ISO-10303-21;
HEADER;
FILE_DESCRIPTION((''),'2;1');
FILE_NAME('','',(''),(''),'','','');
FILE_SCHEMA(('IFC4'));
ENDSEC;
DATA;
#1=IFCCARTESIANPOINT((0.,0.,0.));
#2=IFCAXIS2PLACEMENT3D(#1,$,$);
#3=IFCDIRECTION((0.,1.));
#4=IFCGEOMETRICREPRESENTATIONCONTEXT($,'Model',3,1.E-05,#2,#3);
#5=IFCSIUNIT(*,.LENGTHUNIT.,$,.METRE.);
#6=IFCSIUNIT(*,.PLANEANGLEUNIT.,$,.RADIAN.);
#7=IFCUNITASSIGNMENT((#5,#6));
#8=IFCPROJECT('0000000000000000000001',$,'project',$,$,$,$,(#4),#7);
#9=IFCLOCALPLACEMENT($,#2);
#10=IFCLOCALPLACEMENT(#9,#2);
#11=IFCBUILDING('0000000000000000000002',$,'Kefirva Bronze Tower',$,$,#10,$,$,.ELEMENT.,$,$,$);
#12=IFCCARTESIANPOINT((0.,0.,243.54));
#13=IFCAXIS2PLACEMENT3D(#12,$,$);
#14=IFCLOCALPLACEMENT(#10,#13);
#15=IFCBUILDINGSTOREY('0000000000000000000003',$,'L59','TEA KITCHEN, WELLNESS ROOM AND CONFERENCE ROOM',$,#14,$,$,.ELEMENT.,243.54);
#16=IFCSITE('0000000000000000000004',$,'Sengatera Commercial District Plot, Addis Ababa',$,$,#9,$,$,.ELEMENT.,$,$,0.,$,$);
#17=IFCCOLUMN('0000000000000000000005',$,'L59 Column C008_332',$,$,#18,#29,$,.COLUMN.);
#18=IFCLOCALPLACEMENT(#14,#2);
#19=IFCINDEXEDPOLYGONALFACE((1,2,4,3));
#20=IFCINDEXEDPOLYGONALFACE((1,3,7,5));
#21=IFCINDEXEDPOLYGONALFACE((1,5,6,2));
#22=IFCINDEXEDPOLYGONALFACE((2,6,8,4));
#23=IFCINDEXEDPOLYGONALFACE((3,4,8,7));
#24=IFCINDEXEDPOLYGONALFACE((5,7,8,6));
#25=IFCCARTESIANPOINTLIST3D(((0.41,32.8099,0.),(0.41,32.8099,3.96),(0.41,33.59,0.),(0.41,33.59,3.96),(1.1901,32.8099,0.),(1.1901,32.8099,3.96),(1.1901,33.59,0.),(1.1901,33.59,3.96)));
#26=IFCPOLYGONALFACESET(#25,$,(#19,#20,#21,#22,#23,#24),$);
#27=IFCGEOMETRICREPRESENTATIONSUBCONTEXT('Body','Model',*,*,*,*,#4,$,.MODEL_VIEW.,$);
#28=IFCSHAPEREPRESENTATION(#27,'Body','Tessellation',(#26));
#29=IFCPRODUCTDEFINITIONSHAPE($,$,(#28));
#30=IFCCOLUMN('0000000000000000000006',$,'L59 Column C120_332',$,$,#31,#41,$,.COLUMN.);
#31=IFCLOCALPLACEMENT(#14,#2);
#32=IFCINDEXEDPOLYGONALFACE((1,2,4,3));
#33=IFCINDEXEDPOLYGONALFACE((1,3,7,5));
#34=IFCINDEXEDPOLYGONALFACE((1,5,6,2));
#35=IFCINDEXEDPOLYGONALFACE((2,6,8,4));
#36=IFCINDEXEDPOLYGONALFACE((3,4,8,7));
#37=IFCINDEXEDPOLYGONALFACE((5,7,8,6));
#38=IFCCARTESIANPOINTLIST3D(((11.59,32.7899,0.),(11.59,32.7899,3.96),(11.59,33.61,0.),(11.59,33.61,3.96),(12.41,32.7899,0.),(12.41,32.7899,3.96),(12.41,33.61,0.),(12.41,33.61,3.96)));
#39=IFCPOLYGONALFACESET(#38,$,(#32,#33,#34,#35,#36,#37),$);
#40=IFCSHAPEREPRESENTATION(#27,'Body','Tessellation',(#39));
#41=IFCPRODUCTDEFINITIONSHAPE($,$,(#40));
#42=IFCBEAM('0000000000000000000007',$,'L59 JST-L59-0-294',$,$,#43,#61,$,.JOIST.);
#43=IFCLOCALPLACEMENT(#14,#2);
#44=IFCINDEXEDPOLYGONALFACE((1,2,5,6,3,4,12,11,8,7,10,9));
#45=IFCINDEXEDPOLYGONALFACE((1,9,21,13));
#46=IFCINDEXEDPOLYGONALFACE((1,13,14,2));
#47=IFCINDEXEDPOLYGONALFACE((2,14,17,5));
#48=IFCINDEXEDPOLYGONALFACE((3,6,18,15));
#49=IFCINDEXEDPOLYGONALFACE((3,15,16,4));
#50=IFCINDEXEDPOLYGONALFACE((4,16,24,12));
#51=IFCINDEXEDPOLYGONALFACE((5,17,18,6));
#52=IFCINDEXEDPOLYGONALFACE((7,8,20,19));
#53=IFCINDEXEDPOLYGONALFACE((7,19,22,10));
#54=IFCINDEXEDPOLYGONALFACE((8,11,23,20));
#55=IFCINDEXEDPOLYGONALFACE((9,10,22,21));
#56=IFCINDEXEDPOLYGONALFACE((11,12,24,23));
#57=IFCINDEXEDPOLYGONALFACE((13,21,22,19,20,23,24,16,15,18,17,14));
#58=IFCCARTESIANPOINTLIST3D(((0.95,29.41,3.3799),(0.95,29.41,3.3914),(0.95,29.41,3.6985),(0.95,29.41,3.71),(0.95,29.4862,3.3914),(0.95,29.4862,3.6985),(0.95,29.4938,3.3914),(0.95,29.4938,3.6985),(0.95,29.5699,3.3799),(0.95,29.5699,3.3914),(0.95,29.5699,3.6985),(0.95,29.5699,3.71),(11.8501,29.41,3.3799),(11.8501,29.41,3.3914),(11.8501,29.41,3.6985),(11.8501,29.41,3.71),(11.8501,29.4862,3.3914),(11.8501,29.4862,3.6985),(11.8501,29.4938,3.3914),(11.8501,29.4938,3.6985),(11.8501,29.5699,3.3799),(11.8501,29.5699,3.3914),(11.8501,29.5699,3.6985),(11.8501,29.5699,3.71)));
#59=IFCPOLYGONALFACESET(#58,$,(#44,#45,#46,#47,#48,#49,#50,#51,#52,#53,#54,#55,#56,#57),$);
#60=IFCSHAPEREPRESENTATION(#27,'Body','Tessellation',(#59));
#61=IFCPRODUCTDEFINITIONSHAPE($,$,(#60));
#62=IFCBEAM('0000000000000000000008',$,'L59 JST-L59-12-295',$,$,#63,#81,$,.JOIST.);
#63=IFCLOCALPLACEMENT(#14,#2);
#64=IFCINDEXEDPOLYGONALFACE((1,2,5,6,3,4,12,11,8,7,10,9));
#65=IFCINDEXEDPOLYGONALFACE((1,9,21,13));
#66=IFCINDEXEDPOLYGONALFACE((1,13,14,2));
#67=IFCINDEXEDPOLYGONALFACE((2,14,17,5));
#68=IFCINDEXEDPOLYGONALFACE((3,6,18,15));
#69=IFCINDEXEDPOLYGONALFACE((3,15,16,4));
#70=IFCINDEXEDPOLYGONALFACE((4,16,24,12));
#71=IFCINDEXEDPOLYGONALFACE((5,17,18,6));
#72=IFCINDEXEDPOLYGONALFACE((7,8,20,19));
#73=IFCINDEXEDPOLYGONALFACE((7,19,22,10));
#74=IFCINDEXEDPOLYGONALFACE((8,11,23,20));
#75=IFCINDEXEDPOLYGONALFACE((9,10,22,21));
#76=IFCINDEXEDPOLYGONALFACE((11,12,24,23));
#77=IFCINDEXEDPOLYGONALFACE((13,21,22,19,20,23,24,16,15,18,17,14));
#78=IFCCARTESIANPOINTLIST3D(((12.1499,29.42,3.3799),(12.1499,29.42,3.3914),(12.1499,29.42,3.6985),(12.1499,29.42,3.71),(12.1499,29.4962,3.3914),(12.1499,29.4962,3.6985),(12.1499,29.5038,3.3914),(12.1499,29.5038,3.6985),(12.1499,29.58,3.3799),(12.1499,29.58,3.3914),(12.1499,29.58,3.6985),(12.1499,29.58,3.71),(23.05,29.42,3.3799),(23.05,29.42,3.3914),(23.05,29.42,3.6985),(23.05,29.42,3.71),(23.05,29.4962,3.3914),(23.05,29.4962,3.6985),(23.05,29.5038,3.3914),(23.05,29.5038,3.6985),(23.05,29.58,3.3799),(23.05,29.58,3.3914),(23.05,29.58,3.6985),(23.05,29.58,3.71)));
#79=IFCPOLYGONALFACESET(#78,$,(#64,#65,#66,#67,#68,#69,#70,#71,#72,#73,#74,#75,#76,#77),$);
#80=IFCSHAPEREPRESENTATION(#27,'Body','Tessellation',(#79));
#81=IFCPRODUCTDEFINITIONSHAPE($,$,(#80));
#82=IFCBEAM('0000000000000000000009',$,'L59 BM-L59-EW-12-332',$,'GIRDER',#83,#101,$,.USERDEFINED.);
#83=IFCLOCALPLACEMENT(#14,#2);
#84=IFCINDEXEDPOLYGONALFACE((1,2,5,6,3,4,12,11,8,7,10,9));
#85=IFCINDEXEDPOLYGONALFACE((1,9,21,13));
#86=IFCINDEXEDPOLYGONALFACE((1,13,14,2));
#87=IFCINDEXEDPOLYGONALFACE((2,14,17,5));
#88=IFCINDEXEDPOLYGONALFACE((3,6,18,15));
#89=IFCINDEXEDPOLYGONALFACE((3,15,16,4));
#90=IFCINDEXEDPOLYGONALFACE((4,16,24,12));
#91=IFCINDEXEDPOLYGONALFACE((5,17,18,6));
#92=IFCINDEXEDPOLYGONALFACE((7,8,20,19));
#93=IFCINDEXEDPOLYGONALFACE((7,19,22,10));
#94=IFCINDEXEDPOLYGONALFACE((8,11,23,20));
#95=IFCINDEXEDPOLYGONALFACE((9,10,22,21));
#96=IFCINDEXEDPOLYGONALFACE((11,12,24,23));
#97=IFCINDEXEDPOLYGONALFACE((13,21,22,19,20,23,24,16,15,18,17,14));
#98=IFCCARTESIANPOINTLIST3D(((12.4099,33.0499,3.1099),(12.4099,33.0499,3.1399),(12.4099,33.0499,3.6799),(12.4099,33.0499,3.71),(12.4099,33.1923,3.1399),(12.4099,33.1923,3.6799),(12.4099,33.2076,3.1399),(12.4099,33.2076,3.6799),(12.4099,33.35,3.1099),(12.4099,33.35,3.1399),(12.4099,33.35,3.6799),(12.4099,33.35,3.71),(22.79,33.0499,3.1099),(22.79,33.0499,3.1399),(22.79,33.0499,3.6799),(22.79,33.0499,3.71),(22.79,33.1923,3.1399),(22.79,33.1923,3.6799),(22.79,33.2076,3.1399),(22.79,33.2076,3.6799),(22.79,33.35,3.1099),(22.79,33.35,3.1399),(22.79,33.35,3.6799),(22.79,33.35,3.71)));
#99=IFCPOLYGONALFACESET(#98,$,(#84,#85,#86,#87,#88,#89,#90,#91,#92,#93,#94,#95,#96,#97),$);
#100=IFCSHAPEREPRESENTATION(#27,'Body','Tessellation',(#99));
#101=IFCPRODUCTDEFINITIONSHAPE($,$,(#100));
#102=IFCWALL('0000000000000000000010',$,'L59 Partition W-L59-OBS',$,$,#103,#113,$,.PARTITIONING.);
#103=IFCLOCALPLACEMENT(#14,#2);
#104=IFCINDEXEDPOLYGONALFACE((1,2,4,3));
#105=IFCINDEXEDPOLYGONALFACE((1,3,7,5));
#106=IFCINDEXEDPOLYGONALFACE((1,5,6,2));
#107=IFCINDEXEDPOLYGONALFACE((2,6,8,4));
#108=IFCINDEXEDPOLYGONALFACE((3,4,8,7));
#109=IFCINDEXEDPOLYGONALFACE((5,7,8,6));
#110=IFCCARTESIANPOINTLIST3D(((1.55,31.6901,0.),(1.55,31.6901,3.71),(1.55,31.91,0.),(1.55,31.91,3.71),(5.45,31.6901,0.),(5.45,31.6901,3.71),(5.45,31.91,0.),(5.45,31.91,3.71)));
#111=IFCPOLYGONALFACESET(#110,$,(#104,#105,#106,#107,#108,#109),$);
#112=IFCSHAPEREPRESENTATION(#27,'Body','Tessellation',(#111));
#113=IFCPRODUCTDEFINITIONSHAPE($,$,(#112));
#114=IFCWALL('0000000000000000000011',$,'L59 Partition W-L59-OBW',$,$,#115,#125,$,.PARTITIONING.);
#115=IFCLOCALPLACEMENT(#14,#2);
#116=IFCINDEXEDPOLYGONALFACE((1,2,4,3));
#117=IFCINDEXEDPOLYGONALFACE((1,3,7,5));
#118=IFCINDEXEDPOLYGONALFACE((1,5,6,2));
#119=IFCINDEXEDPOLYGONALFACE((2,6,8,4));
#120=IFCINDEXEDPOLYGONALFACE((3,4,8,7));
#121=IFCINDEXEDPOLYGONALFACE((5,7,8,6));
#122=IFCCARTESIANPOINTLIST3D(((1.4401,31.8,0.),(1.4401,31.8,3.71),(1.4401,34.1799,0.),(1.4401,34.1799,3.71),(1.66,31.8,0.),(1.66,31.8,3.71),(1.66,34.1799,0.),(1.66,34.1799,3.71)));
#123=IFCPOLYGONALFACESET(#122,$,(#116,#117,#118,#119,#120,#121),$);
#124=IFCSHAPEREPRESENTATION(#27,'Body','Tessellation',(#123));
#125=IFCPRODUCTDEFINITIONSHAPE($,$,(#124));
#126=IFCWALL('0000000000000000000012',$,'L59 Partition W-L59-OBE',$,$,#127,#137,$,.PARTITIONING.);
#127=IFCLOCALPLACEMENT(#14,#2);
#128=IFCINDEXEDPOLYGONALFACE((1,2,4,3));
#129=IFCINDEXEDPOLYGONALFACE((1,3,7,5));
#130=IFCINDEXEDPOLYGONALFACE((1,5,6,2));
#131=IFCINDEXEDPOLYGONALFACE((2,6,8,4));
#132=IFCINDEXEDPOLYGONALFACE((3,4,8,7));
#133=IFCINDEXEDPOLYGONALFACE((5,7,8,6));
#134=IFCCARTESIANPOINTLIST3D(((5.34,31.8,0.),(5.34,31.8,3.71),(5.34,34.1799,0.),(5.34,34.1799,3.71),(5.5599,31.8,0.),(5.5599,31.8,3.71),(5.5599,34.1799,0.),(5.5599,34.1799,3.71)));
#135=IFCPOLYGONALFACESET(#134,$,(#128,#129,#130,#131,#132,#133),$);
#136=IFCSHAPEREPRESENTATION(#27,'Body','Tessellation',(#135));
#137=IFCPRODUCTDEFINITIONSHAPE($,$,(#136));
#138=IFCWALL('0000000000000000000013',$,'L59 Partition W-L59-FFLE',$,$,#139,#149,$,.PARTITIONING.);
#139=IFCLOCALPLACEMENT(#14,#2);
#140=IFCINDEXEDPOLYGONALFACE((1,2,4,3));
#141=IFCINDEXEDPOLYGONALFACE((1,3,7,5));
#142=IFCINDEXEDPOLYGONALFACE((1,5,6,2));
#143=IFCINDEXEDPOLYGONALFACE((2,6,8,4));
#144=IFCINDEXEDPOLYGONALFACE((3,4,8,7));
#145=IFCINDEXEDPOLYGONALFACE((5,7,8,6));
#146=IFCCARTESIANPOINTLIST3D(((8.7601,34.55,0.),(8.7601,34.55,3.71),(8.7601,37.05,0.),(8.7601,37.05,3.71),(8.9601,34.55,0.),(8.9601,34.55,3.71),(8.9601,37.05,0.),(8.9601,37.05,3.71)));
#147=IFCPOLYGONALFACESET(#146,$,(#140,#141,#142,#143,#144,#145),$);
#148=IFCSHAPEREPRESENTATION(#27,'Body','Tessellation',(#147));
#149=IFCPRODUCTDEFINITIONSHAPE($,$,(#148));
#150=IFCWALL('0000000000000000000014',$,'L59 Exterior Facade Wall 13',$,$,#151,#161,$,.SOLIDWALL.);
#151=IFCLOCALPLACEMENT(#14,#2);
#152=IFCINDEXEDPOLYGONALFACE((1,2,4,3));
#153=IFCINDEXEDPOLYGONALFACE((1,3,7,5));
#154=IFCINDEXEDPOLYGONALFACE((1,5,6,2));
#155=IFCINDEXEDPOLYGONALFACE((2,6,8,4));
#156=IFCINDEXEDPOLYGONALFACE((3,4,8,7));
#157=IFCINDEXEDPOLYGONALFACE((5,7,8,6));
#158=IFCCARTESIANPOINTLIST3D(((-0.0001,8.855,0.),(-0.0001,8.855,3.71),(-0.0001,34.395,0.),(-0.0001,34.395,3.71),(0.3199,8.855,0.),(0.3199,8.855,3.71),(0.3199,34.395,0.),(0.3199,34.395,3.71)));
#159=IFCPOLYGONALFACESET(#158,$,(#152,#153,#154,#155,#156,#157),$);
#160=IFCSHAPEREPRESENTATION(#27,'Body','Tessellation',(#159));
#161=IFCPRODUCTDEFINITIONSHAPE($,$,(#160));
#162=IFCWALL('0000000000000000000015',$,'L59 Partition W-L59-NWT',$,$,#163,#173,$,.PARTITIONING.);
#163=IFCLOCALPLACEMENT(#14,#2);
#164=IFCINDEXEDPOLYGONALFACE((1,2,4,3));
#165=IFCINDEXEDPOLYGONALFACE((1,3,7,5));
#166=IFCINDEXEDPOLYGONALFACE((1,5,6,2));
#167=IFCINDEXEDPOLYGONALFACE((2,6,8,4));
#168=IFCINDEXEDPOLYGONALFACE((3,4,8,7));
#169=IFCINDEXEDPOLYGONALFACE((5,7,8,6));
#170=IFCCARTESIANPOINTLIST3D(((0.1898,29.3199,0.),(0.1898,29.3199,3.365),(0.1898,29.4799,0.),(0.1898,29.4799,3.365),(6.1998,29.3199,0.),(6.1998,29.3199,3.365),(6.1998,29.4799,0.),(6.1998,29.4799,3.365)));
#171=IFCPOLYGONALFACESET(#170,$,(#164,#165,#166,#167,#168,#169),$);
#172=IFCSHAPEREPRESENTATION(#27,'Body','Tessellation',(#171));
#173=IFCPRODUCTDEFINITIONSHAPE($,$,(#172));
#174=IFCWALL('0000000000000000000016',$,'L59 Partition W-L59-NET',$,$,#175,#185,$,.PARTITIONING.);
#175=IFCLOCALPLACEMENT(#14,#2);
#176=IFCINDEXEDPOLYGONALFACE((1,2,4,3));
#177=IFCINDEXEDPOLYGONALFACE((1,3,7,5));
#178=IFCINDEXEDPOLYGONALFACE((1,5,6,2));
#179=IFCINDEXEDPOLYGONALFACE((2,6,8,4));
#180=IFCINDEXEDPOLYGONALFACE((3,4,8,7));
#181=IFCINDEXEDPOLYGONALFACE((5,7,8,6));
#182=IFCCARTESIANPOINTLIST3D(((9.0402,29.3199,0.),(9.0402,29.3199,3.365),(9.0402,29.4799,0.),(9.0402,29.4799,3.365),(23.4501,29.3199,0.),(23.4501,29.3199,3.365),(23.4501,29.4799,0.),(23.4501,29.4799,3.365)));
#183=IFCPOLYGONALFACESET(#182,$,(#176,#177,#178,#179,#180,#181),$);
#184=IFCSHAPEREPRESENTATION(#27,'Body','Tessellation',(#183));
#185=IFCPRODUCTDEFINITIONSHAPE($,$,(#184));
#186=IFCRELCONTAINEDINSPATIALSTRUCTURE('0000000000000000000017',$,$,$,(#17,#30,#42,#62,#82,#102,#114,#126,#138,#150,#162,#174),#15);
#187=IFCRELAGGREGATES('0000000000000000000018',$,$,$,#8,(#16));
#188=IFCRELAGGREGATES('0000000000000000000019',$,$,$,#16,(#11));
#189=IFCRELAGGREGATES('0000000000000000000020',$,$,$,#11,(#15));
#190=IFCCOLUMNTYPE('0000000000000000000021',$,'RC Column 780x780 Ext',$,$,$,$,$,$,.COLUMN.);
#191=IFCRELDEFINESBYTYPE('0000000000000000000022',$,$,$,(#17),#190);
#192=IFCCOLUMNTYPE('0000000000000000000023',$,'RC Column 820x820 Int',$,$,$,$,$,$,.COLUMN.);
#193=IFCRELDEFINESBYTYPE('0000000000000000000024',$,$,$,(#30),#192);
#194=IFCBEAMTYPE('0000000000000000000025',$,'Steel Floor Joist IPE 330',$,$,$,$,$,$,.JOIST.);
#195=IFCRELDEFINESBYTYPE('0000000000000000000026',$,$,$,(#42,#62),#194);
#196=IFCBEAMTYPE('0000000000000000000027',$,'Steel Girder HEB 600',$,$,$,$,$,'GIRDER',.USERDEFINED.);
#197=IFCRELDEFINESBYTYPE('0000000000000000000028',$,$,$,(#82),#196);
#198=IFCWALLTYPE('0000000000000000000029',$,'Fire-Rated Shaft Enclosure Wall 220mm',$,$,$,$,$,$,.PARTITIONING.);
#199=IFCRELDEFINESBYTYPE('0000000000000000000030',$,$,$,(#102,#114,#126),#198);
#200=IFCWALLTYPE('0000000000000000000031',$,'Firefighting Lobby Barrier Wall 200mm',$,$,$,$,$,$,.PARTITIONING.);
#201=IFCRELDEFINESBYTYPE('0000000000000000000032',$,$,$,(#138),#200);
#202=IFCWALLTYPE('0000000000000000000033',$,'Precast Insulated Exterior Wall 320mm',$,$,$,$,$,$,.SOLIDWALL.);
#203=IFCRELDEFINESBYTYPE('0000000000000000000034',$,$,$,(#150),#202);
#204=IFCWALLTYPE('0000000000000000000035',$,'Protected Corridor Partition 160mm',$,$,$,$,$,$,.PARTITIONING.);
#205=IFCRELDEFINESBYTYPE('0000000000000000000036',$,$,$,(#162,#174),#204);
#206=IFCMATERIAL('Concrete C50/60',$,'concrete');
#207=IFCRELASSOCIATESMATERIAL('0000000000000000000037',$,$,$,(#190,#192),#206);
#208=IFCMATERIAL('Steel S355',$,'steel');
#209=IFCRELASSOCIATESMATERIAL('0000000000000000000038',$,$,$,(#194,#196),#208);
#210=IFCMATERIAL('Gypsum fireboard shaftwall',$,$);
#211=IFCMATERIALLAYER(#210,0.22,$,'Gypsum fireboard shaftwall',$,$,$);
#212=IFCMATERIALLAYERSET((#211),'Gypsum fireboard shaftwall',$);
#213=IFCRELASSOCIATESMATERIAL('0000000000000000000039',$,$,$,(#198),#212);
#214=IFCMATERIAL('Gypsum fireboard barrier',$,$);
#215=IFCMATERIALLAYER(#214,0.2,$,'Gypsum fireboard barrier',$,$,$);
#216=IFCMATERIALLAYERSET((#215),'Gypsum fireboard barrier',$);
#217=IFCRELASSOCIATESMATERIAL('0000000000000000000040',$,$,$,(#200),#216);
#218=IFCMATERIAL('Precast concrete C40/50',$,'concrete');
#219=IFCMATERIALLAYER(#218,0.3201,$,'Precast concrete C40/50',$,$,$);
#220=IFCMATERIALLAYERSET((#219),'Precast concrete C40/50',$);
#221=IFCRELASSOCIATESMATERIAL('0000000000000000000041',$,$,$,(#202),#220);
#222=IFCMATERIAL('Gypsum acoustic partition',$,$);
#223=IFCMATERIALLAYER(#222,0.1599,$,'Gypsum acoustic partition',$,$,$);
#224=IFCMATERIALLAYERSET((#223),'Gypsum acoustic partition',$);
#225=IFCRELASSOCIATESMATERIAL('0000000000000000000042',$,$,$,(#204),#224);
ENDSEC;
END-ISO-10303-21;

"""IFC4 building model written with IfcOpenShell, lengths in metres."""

from ifc_helpers import new_model, si_unit, direction, frame, frame_2d, origin, origin_2d, place, context, subcontext, project, spatial, rectangle, i_section, extrude, material, layer, layer_set, material_profile, profile_set, type_object, element, save


model = new_model("IFC4")

# Units and contexts
model_context = context("Model", 3, precision=1e-05, world=origin(), true_north=direction((0.0, 1.0)))
body_context = subcontext(model_context, "Body", "Model", "MODEL_VIEW")
ifc_project = project(units=[si_unit("LENGTHUNIT", "METRE"), si_unit("PLANEANGLEUNIT", "RADIAN")], contexts=[model_context])

# Site, building, storey
site_placement = place(None, origin())
site = spatial("IfcSite", under=ifc_project, at=site_placement, Name="Sengatera Commercial District Plot, Addis Ababa", CompositionType="ELEMENT", RefElevation=0.0)
building_placement = place(site_placement, origin())
building = spatial("IfcBuilding", under=site, at=building_placement, Name="Kefirva Bronze Tower", CompositionType="ELEMENT")
storey_placement = place(building_placement, frame((0.0, 0.0, 243.54)))
storey = spatial("IfcBuildingStorey", under=building, at=storey_placement, Name="L59", Description="TEA KITCHEN, WELLNESS ROOM AND CONFERENCE ROOM", CompositionType="ELEMENT", Elevation=243.54)

# Columns
ifc_material_1 = material(Name="Concrete C50/60", Category="concrete")
ifc_material_profile_1 = material_profile(ifc_material_1, rectangle(XDim=0.78, YDim=0.78, at=origin_2d()), Name="RC 780x780")
ifc_profile_set_1 = profile_set([ifc_material_profile_1], Name="Concrete C50/60")
column_type_1 = type_object("IfcColumnType", Name="RC Column 780x780 Ext", PredefinedType="COLUMN", material=ifc_profile_set_1)
column_1_placement = place(storey_placement, frame((0.8, 33.2, 0.0), z_axis=(0.0, 0.0, 1.0), x_axis=(1.0, 0.0, 0.0)))
element("IfcColumn", 1, at=column_1_placement, inside=storey, type_object=column_type_1, Name="L59 Column C008_332", PredefinedType="COLUMN", context=body_context, shape_type="SweptSolid", body=[
    extrude(rectangle(XDim=0.78, YDim=0.78, at=origin_2d()), origin(), (0.0, 0.0, 1.0), 3.96),
])
ifc_material_profile_2 = material_profile(ifc_material_1, rectangle(XDim=0.8201, YDim=0.8201, at=origin_2d()), Name="RC 820x820")
ifc_profile_set_2 = profile_set([ifc_material_profile_2], Name="Concrete C50/60")
column_type_2 = type_object("IfcColumnType", Name="RC Column 820x820 Int", PredefinedType="COLUMN", material=ifc_profile_set_2)
column_2_placement = place(storey_placement, frame((12.0, 33.2, 0.0), z_axis=(0.0, 0.0, 1.0), x_axis=(1.0, 0.0, 0.0)))
element("IfcColumn", 2, at=column_2_placement, inside=storey, type_object=column_type_2, Name="L59 Column C120_332", PredefinedType="COLUMN", context=body_context, shape_type="SweptSolid", body=[
    extrude(rectangle(XDim=0.8201, YDim=0.8201, at=origin_2d()), origin(), (0.0, 0.0, 1.0), 3.96),
])

# Beams
ifc_material_2 = material(Name="Steel S355", Category="steel")
ifc_material_profile_3 = material_profile(ifc_material_2, i_section(OverallWidth=0.1599, OverallDepth=0.3301, WebThickness=0.0076, FlangeThickness=0.0115, at=origin_2d()), Name="IPE 330")
ifc_profile_set_3 = profile_set([ifc_material_profile_3], Name="Steel S355")
beam_type_1 = type_object("IfcBeamType", Name="Steel Floor Joist IPE 330", PredefinedType="JOIST", material=ifc_profile_set_3)
for number, where, z_axis, x_axis, name in (
    (3, (0.95, 29.49, 3.5449), (1.0, 0.0, 0.0), (0.0, 1.0, 0.0), "L59 JST-L59-0-294"),
    (4, (12.1499, 29.5, 3.5449), (1.0, 0.0, 0.0), (0.0, 1.0, 0.0), "L59 JST-L59-12-295"),
):
    element("IfcBeam", number, at=place(storey_placement, frame(where, z_axis=z_axis, x_axis=x_axis)), inside=storey, type_object=beam_type_1, Name=name, PredefinedType="JOIST", context=body_context, shape_type="SweptSolid", body=[
        extrude(i_section(OverallWidth=0.1599, OverallDepth=0.3301, WebThickness=0.0076, FlangeThickness=0.0115, at=origin_2d()), origin(), (0.0, 0.0, 1.0), 10.9001),
    ])
ifc_material_profile_4 = material_profile(ifc_material_2, i_section(OverallWidth=0.3, OverallDepth=0.6001, WebThickness=0.0154, FlangeThickness=0.03, at=origin_2d()), Name="HEB 600")
ifc_profile_set_4 = profile_set([ifc_material_profile_4], Name="Steel S355")
beam_type_2 = type_object("IfcBeamType", Name="Steel Girder HEB 600", ElementType="GIRDER", PredefinedType="USERDEFINED", material=ifc_profile_set_4)
beam_placement = place(storey_placement, frame((12.4099, 33.2, 3.4099), z_axis=(1.0, 0.0, 0.0), x_axis=(0.0, 1.0, 0.0)))
element("IfcBeam", 5, at=beam_placement, inside=storey, type_object=beam_type_2, Name="L59 BM-L59-EW-12-332", ObjectType="GIRDER", PredefinedType="USERDEFINED", context=body_context, shape_type="SweptSolid", body=[
    extrude(i_section(OverallWidth=0.3, OverallDepth=0.6001, WebThickness=0.0154, FlangeThickness=0.03, at=origin_2d()), origin(), (0.0, 0.0, 1.0), 10.3801),
])

# Walls
ifc_material_3 = material(Name="Gypsum fireboard shaftwall")
ifc_layer_1 = layer(ifc_material_3, 0.22, Name="Gypsum fireboard shaftwall")
ifc_layer_set_1 = layer_set([ifc_layer_1], Name="Gypsum fireboard shaftwall")
wall_type_1 = type_object("IfcWallType", Name="Fire-Rated Shaft Enclosure Wall 220mm", PredefinedType="PARTITIONING", material=ifc_layer_set_1)
wall_1_placement = place(storey_placement, frame((1.55, 31.8, 0.0), z_axis=(0.0, 0.0, 1.0), x_axis=(1.0, 0.0, 0.0)))
element("IfcWall", 6, at=wall_1_placement, inside=storey, type_object=wall_type_1, Name="L59 Partition W-L59-OBS", PredefinedType="PARTITIONING", context=body_context, shape_type="SweptSolid", body=[
    extrude(rectangle(XDim=3.8999, YDim=0.22, at=frame_2d((1.95, 0.0))), origin(), (0.0, 0.0, 1.0), 3.71),
])
for number, where, z_axis, x_axis, name in (
    (7, (1.55, 31.8, 0.0), (0.0, 0.0, 1.0), (0.0, 1.0, 0.0), "L59 Partition W-L59-OBW"),
    (8, (5.45, 31.8, 0.0), (0.0, 0.0, 1.0), (0.0, 1.0, 0.0), "L59 Partition W-L59-OBE"),
):
    element("IfcWall", number, at=place(storey_placement, frame(where, z_axis=z_axis, x_axis=x_axis)), inside=storey, type_object=wall_type_1, Name=name, PredefinedType="PARTITIONING", context=body_context, shape_type="SweptSolid", body=[
        extrude(rectangle(XDim=2.3799, YDim=0.22, at=frame_2d((1.1899, 0.0))), origin(), (0.0, 0.0, 1.0), 3.71),
    ])
ifc_material_4 = material(Name="Gypsum fireboard barrier")
ifc_layer_2 = layer(ifc_material_4, 0.2, Name="Gypsum fireboard barrier")
ifc_layer_set_2 = layer_set([ifc_layer_2], Name="Gypsum fireboard barrier")
wall_type_2 = type_object("IfcWallType", Name="Firefighting Lobby Barrier Wall 200mm", PredefinedType="PARTITIONING", material=ifc_layer_set_2)
wall_2_placement = place(storey_placement, frame((8.8601, 34.55, 0.0), z_axis=(0.0, 0.0, 1.0), x_axis=(0.0, 1.0, 0.0)))
element("IfcWall", 9, at=wall_2_placement, inside=storey, type_object=wall_type_2, Name="L59 Partition W-L59-FFLE", PredefinedType="PARTITIONING", context=body_context, shape_type="SweptSolid", body=[
    extrude(rectangle(XDim=2.5, YDim=0.2, at=frame_2d((1.25, 0.0))), origin(), (0.0, 0.0, 1.0), 3.71),
])
ifc_material_5 = material(Name="Precast concrete C40/50", Category="concrete")
ifc_layer_3 = layer(ifc_material_5, 0.3201, Name="Precast concrete C40/50")
ifc_layer_set_3 = layer_set([ifc_layer_3], Name="Precast concrete C40/50")
wall_type_3 = type_object("IfcWallType", Name="Precast Insulated Exterior Wall 320mm", PredefinedType="SOLIDWALL", material=ifc_layer_set_3)
wall_3_placement = place(storey_placement, frame((0.1599, 34.395, 0.0), z_axis=(0.0, 0.0, 1.0), x_axis=(0.0, -1.0, 0.0)))
element("IfcWall", 10, at=wall_3_placement, inside=storey, type_object=wall_type_3, Name="L59 Exterior Facade Wall 13", PredefinedType="SOLIDWALL", context=body_context, shape_type="SweptSolid", body=[
    extrude(rectangle(XDim=25.54, YDim=0.3201, at=frame_2d((12.77, 0.0))), origin(), (0.0, 0.0, 1.0), 3.71),
])
ifc_material_6 = material(Name="Gypsum acoustic partition")
ifc_layer_4 = layer(ifc_material_6, 0.1599, Name="Gypsum acoustic partition")
ifc_layer_set_4 = layer_set([ifc_layer_4], Name="Gypsum acoustic partition")
wall_type_4 = type_object("IfcWallType", Name="Protected Corridor Partition 160mm", PredefinedType="PARTITIONING", material=ifc_layer_set_4)
wall_4_placement = place(storey_placement, frame((0.1899, 29.3999, 0.0), z_axis=(0.0, 0.0, 1.0), x_axis=(1.0, 0.0, 0.0)))
element("IfcWall", 11, at=wall_4_placement, inside=storey, type_object=wall_type_4, Name="L59 Partition W-L59-NWT", PredefinedType="PARTITIONING", context=body_context, shape_type="SweptSolid", body=[
    extrude(rectangle(XDim=6.01, YDim=0.1599, at=frame_2d((3.0049, 0.0))), origin(), (0.0, 0.0, 1.0), 3.365),
])
wall_5_placement = place(storey_placement, frame((9.04, 29.3999, 0.0), z_axis=(0.0, 0.0, 1.0), x_axis=(1.0, 0.0, 0.0)))
element("IfcWall", 12, at=wall_5_placement, inside=storey, type_object=wall_type_4, Name="L59 Partition W-L59-NET", PredefinedType="PARTITIONING", context=body_context, shape_type="SweptSolid", body=[
    extrude(rectangle(XDim=14.4099, YDim=0.1599, at=frame_2d((7.2051, 0.0))), origin(), (0.0, 0.0, 1.0), 3.365),
])

save(model, "model.ifc")
